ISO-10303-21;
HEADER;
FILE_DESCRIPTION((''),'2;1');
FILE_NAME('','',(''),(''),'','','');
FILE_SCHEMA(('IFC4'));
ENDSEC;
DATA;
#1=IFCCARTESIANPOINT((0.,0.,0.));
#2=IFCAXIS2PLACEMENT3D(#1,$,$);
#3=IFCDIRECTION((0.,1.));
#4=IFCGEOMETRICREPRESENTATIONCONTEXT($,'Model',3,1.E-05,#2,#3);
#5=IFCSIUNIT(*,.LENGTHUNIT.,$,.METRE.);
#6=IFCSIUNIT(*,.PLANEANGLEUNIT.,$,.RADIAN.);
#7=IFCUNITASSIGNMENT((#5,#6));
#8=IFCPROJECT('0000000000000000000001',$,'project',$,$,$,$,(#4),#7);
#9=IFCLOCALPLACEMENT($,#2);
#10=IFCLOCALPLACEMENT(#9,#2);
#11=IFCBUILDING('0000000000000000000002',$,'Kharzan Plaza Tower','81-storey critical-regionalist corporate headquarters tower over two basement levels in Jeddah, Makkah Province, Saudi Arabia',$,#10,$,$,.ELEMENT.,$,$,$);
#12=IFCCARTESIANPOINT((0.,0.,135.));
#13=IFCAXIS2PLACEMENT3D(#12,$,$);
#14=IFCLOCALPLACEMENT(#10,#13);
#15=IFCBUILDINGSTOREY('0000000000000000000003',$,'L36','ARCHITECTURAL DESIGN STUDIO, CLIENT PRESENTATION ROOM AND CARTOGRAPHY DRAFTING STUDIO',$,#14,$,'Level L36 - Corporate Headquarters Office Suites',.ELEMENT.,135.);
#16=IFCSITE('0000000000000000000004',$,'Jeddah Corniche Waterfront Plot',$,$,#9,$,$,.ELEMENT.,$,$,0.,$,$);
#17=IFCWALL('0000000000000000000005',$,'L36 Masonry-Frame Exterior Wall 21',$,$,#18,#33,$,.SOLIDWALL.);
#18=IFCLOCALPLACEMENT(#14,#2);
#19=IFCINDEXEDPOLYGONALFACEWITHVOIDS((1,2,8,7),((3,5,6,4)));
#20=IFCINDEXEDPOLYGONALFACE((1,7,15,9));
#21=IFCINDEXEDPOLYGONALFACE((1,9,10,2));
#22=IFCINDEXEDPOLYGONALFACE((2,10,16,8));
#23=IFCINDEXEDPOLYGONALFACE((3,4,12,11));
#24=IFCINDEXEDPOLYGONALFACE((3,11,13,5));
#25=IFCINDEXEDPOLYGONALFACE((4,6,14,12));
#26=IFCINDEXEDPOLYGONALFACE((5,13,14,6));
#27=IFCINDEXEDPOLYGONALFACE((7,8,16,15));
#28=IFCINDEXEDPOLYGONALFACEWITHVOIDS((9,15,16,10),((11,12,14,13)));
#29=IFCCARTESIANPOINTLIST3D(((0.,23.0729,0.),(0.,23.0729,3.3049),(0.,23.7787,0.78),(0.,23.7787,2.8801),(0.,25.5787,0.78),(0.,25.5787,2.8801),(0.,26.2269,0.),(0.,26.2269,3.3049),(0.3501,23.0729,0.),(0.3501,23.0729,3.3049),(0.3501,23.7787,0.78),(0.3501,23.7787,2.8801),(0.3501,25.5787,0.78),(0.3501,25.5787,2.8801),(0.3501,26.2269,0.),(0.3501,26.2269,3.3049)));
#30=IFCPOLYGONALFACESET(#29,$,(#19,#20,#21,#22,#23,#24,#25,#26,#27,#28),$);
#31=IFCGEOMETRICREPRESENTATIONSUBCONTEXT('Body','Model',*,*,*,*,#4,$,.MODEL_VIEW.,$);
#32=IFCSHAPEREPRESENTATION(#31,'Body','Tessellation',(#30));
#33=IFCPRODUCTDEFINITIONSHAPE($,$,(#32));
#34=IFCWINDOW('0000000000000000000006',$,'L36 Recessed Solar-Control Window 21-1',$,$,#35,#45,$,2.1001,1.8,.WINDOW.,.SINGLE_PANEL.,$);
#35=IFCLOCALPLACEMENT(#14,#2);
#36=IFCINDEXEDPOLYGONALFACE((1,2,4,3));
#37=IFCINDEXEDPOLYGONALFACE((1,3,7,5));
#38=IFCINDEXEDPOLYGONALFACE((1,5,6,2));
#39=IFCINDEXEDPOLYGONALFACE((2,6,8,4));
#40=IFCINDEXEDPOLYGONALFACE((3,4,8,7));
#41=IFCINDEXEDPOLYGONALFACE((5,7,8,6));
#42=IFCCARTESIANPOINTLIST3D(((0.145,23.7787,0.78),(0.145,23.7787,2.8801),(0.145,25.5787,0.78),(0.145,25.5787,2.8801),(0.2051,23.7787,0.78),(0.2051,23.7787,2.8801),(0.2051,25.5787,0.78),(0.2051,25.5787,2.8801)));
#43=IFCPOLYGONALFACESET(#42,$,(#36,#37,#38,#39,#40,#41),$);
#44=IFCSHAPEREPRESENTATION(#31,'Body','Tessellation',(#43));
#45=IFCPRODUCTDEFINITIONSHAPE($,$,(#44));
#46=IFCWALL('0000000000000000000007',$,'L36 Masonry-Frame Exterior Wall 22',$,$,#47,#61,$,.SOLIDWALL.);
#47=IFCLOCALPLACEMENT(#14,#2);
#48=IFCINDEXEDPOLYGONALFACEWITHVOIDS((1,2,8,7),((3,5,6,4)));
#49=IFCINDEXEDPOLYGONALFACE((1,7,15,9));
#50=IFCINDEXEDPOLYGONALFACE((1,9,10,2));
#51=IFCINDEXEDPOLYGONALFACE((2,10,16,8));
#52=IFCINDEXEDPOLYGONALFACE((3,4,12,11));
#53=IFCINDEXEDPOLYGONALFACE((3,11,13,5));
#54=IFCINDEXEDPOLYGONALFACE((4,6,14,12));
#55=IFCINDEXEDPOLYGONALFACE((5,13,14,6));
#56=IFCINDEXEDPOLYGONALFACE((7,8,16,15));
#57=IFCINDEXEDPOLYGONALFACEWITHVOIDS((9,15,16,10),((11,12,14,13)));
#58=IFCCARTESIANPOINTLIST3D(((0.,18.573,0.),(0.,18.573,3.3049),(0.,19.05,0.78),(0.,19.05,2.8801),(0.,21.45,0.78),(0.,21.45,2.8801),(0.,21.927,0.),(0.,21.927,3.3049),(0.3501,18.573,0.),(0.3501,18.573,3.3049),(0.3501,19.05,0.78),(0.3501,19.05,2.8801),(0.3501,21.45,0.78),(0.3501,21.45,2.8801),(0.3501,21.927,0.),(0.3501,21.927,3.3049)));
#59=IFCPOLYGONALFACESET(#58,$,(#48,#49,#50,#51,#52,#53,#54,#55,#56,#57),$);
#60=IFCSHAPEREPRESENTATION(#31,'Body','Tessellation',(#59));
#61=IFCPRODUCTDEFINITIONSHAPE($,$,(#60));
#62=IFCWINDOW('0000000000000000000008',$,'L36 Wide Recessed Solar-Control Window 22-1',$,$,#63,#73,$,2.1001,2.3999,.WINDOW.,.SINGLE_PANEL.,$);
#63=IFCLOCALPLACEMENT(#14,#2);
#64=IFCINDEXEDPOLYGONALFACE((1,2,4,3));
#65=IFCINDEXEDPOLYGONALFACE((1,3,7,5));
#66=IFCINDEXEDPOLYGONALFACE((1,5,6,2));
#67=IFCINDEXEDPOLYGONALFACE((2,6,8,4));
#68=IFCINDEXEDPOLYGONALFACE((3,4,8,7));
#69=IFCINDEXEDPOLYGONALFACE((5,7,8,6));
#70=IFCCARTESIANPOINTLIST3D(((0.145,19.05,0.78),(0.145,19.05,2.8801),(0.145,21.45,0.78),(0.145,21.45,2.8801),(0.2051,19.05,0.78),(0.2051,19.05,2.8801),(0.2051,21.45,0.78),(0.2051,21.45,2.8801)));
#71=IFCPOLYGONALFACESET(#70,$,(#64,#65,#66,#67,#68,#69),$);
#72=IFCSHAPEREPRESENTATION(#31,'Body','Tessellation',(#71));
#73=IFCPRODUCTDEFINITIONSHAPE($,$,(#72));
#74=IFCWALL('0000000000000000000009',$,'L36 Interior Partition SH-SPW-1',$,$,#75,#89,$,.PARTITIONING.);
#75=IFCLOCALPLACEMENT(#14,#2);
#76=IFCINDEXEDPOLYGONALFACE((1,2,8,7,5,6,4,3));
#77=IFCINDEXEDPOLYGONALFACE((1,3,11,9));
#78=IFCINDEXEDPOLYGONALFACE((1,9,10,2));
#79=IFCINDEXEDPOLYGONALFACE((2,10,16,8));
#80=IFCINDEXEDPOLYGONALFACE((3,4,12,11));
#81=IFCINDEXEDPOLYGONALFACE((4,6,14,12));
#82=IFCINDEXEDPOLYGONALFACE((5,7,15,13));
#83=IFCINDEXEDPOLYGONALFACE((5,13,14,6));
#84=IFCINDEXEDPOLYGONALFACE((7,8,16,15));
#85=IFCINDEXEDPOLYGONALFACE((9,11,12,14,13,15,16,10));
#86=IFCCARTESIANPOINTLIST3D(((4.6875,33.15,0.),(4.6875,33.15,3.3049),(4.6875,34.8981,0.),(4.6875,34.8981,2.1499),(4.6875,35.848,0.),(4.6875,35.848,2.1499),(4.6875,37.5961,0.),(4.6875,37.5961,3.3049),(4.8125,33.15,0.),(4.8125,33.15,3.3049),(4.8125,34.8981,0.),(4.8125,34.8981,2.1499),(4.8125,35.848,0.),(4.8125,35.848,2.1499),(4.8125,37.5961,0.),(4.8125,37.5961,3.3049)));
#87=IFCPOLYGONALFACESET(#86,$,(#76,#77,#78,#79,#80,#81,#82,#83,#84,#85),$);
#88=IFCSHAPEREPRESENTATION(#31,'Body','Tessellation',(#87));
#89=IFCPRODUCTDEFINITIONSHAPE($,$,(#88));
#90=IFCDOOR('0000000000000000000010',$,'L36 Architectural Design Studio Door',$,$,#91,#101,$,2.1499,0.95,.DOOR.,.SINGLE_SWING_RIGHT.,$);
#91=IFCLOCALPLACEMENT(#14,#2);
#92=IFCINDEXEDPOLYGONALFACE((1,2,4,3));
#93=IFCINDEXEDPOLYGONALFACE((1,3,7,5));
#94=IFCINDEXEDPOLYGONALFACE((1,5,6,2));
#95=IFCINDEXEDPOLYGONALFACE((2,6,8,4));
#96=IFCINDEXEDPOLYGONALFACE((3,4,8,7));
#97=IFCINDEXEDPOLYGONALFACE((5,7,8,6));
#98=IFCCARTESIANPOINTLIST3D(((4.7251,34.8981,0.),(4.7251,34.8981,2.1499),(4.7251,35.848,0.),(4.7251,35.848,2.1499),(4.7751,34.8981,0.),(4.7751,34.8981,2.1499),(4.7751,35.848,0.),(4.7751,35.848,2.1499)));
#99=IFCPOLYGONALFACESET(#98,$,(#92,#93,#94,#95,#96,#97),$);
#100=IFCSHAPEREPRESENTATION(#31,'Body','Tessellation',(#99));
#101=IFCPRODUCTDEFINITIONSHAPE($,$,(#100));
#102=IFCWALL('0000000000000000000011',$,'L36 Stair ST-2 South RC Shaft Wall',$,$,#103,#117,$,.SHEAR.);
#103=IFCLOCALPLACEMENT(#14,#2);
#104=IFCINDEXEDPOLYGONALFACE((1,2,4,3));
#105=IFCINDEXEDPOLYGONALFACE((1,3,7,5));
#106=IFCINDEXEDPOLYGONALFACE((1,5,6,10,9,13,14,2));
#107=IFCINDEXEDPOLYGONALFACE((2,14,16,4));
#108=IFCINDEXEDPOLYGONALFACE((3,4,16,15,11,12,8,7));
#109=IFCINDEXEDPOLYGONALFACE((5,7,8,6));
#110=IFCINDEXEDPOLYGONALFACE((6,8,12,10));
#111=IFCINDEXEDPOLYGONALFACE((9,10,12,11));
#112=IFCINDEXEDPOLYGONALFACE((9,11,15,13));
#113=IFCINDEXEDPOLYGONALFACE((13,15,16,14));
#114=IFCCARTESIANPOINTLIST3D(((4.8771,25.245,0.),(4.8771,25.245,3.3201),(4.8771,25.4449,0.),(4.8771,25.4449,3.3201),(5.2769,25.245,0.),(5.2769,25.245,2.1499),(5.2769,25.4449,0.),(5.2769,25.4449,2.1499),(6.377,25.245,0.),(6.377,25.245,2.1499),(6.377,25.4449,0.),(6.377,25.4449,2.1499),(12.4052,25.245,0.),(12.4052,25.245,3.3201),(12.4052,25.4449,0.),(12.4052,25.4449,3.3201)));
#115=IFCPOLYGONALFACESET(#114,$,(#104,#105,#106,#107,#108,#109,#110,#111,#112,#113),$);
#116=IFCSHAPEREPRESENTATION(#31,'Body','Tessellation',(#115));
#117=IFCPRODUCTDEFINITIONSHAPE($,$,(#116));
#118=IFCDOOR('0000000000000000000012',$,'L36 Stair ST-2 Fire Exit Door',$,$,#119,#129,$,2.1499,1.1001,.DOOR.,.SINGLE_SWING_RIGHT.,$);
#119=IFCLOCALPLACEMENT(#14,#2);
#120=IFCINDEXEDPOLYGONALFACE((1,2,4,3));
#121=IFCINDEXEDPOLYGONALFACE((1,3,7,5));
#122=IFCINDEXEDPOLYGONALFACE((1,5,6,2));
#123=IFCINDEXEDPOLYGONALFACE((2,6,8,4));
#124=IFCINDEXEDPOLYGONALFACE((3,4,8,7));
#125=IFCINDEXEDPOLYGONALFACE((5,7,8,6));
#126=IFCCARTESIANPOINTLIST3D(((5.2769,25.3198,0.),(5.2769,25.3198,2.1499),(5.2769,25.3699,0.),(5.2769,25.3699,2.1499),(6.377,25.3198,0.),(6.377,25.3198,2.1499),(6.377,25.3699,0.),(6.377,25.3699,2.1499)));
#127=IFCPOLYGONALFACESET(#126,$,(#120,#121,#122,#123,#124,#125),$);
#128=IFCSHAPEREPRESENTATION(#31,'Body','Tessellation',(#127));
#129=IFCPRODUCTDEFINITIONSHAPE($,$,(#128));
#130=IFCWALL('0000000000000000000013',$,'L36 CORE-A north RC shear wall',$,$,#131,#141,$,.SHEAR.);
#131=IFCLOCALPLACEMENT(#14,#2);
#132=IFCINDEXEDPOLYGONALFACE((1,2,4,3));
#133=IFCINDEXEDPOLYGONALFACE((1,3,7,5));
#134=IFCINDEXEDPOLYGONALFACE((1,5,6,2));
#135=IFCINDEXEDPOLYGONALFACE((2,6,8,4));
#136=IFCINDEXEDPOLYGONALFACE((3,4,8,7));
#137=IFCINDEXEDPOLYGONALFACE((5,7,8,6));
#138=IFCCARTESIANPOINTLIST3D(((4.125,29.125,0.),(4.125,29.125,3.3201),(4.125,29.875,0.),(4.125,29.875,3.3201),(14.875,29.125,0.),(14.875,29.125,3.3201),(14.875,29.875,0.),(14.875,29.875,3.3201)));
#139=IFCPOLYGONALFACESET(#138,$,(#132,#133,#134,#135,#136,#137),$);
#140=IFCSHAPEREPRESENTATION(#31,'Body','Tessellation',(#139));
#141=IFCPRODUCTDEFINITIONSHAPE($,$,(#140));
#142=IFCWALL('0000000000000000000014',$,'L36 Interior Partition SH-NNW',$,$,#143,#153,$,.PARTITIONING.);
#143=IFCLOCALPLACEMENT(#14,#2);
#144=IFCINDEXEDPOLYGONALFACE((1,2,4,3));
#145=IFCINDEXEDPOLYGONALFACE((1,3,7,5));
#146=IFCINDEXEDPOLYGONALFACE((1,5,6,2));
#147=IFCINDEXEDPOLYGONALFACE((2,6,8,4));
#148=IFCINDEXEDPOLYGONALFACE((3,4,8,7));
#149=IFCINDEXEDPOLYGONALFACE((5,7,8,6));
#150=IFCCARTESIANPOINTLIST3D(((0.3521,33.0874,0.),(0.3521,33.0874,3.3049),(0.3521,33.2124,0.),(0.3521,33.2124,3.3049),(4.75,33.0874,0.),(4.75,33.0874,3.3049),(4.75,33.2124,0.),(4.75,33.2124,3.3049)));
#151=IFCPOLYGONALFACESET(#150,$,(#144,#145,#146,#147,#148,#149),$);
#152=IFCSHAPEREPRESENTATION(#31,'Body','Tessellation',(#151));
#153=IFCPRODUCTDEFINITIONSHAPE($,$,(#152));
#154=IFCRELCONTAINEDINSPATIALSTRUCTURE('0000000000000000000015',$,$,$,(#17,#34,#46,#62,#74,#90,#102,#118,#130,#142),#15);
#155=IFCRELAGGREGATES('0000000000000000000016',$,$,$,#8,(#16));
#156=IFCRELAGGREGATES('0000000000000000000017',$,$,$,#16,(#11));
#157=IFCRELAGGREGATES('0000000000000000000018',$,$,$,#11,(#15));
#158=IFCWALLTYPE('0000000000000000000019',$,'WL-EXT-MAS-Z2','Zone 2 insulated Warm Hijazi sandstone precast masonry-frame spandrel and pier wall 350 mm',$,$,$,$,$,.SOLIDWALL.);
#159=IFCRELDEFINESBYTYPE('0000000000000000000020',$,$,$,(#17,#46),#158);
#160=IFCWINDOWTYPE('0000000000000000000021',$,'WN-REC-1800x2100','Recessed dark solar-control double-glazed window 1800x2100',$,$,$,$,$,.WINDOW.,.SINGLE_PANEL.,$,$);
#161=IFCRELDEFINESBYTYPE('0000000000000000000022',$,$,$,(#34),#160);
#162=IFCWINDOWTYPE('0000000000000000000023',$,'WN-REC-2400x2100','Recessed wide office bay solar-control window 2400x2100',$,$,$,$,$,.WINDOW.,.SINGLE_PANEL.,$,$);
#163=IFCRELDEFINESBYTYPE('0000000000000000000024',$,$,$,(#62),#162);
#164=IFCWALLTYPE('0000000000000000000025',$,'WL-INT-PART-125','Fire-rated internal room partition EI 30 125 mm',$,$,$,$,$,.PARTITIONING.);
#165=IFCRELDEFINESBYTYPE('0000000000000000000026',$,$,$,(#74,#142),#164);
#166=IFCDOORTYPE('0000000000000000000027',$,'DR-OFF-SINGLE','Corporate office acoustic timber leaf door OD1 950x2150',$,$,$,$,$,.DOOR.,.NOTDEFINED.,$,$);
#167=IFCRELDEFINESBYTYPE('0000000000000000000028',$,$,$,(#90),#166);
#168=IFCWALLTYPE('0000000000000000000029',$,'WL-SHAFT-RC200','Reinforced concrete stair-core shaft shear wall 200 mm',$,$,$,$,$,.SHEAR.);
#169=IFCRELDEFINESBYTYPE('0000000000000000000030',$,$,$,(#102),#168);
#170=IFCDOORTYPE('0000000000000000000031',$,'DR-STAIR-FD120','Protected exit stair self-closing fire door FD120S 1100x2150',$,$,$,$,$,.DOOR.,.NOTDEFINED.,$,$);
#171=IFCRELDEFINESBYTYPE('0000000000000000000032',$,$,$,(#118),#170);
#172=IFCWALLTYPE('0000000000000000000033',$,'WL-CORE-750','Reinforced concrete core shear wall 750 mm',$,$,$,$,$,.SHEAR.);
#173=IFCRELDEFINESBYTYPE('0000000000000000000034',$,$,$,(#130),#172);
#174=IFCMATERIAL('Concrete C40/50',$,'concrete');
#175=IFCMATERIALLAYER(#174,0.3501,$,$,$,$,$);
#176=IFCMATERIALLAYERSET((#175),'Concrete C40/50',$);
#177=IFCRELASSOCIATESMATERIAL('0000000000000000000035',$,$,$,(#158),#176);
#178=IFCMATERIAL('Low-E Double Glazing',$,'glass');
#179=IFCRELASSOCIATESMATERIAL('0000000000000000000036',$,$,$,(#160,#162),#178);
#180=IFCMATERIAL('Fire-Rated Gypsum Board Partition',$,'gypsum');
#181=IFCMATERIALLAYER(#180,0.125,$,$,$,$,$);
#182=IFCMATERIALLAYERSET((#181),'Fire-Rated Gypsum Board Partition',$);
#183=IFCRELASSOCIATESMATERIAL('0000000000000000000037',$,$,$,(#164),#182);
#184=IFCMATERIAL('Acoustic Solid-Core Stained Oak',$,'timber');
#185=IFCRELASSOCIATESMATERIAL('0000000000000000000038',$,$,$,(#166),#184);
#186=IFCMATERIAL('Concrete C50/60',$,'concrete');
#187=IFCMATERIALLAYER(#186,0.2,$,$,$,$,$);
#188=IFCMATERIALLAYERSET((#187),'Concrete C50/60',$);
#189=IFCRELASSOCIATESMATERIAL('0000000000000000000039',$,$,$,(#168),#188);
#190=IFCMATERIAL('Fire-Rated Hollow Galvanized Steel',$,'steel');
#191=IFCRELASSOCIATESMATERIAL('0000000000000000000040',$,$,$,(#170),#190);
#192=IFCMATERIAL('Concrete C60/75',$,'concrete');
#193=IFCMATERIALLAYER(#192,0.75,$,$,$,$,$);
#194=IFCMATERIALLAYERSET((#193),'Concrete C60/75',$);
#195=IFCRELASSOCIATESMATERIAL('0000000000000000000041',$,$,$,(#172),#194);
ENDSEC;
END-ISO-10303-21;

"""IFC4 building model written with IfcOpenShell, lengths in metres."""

from ifc_helpers import new_model, si_unit, direction, frame, frame_2d, origin, place, context, subcontext, project, spatial, rectangle, extrude, source, transform, mapped, material, layer, layer_set, type_object, element, fill, save


model = new_model("IFC4")

# Units and contexts
model_context = context("Model", 3, precision=1e-05, world=origin(), true_north=direction((0.0, 1.0)))
body_context = subcontext(model_context, "Body", "Model", "MODEL_VIEW")
ifc_project = project(units=[si_unit("LENGTHUNIT", "METRE"), si_unit("PLANEANGLEUNIT", "RADIAN")], contexts=[model_context])

# Site, building, storey
site_placement = place(None, origin())
site = spatial("IfcSite", under=ifc_project, at=site_placement, Name="Jeddah Corniche Waterfront Plot", CompositionType="ELEMENT", RefElevation=0.0)
building_placement = place(site_placement, origin())
building = spatial("IfcBuilding", under=site, at=building_placement, Name="Kharzan Plaza Tower", Description="81-storey critical-regionalist corporate headquarters tower over two basement levels in Jeddah, Makkah Province, Saudi Arabia", CompositionType="ELEMENT")
storey_placement = place(building_placement, frame((0.0, 0.0, 135.0)))
storey = spatial("IfcBuildingStorey", under=building, at=storey_placement, Name="L36", Description="ARCHITECTURAL DESIGN STUDIO, CLIENT PRESENTATION ROOM AND CARTOGRAPHY DRAFTING STUDIO", LongName="Level L36 - Corporate Headquarters Office Suites", CompositionType="ELEMENT", Elevation=135.0)

# Shared definitions
ifc_material_1 = material(Name="Concrete C60/75", Category="concrete")

# Walls, openings, windows
ifc_material_2 = material(Name="Concrete C40/50", Category="concrete")
ifc_layer_1 = layer(ifc_material_2, 0.3501)
ifc_layer_set_1 = layer_set([ifc_layer_1], Name="Concrete C40/50")
wall_type_1 = type_object("IfcWallType", Name="WL-EXT-MAS-Z2", Description="Zone 2 insulated Warm Hijazi sandstone precast masonry-frame spandrel and pier wall 350 mm", PredefinedType="SOLIDWALL", material=ifc_layer_set_1)
ifc_material_3 = material(Name="Low-E Double Glazing", Category="glass")
wall_1_placement = place(storey_placement, frame((0.175, 26.2271, 0.0), z_axis=(0.0, 0.0, 1.0), x_axis=(0.0, -1.0, 0.0)))
wall_1 = element("IfcWall", 1, at=wall_1_placement, inside=storey, type_object=wall_type_1, Name="L36 Masonry-Frame Exterior Wall 21", PredefinedType="SOLIDWALL", context=body_context, shape_type="SweptSolid", body=[
    extrude(rectangle(XDim=3.1541, YDim=0.3501, at=frame_2d((1.5771, 0.0))), origin(), (0.0, 0.0, 1.0), 3.3049),
])
opening_1_placement = place(wall_1_placement, frame((0.6484, 0.0, 0.78)))
opening_1 = element("IfcOpeningElement", 2, at=opening_1_placement, cuts=wall_1, PredefinedType="OPENING", context=body_context, shape_type="SweptSolid", body=[
    extrude(rectangle(XDim=1.8, YDim=2.1001, at=frame_2d((0.8999, 1.05))), frame((0.0, 0.1851, 0.0), z_axis=(0.0, -1.0, 0.0), x_axis=(1.0, 0.0, 0.0)), (0.0, 0.0, 1.0), 0.3701),
])
window_type_1 = type_object("IfcWindowType", Name="WN-REC-1800x2100", Description="Recessed dark solar-control double-glazed window 1800x2100", PartitioningType="SINGLE_PANEL", PredefinedType="WINDOW", material=ifc_material_3)
shared_shape_1 = source(origin(), body_context, "Body", "SweptSolid", [
    extrude(rectangle(XDim=1.8, YDim=2.1001, at=frame_2d((0.8999, 1.05))), frame((0.0, 0.03, 0.0), z_axis=(0.0, -1.0, 0.0), x_axis=(1.0, 0.0, 0.0)), (0.0, 0.0, 1.0), 0.0601),
])
window_1_placement = place(opening_1_placement, origin())
window_1 = element("IfcWindow", 3, at=window_1_placement, inside=storey, type_object=window_type_1, Name="L36 Recessed Solar-Control Window 21-1", OverallHeight=2.1001, OverallWidth=1.8, PartitioningType="SINGLE_PANEL", PredefinedType="WINDOW", context=body_context, shape_type="MappedRepresentation", body=[
    mapped(shared_shape_1, transform((0.0, 0.0, 0.0), x_axis=(1.0, 0.0, 0.0), y_axis=(0.0, 1.0, 0.0), z_axis=(0.0, 0.0, 1.0))),
])
fill(opening_1, window_1)
wall_2_placement = place(storey_placement, frame((0.175, 21.927, 0.0), z_axis=(0.0, 0.0, 1.0), x_axis=(0.0, -1.0, 0.0)))
wall_2 = element("IfcWall", 4, at=wall_2_placement, inside=storey, type_object=wall_type_1, Name="L36 Masonry-Frame Exterior Wall 22", PredefinedType="SOLIDWALL", context=body_context, shape_type="SweptSolid", body=[
    extrude(rectangle(XDim=3.354, YDim=0.3501, at=frame_2d((1.677, 0.0))), origin(), (0.0, 0.0, 1.0), 3.3049),
])
opening_2_placement = place(wall_2_placement, frame((0.4771, 0.0, 0.78)))
opening_2 = element("IfcOpeningElement", 5, at=opening_2_placement, cuts=wall_2, PredefinedType="OPENING", context=body_context, shape_type="SweptSolid", body=[
    extrude(rectangle(XDim=2.3999, YDim=2.1001, at=frame_2d((1.2, 1.05))), frame((0.0, 0.1851, 0.0), z_axis=(0.0, -1.0, 0.0), x_axis=(1.0, 0.0, 0.0)), (0.0, 0.0, 1.0), 0.3701),
])
window_type_2 = type_object("IfcWindowType", Name="WN-REC-2400x2100", Description="Recessed wide office bay solar-control window 2400x2100", PartitioningType="SINGLE_PANEL", PredefinedType="WINDOW", material=ifc_material_3)
shared_shape_2 = source(origin(), body_context, "Body", "SweptSolid", [
    extrude(rectangle(XDim=2.3999, YDim=2.1001, at=frame_2d((1.2, 1.05))), frame((0.0, 0.03, 0.0), z_axis=(0.0, -1.0, 0.0), x_axis=(1.0, 0.0, 0.0)), (0.0, 0.0, 1.0), 0.0601),
])
window_2_placement = place(opening_2_placement, origin())
window_2 = element("IfcWindow", 6, at=window_2_placement, inside=storey, type_object=window_type_2, Name="L36 Wide Recessed Solar-Control Window 22-1", OverallHeight=2.1001, OverallWidth=2.3999, PartitioningType="SINGLE_PANEL", PredefinedType="WINDOW", context=body_context, shape_type="MappedRepresentation", body=[
    mapped(shared_shape_2, transform((0.0, 0.0, 0.0), x_axis=(1.0, 0.0, 0.0), y_axis=(0.0, 1.0, 0.0), z_axis=(0.0, 0.0, 1.0))),
])
fill(opening_2, window_2)

# Walls, openings, doors
ifc_material_4 = material(Name="Fire-Rated Gypsum Board Partition", Category="gypsum")
ifc_layer_2 = layer(ifc_material_4, 0.125)
ifc_layer_set_2 = layer_set([ifc_layer_2], Name="Fire-Rated Gypsum Board Partition")
wall_type_2 = type_object("IfcWallType", Name="WL-INT-PART-125", Description="Fire-rated internal room partition EI 30 125 mm", PredefinedType="PARTITIONING", material=ifc_layer_set_2)
ifc_material_5 = material(Name="Acoustic Solid-Core Stained Oak", Category="timber")
door_type_1 = type_object("IfcDoorType", Name="DR-OFF-SINGLE", Description="Corporate office acoustic timber leaf door OD1 950x2150", OperationType="NOTDEFINED", PredefinedType="DOOR", material=ifc_material_5)
shared_shape_3 = source(origin(), body_context, "Body", "SweptSolid", [
    extrude(rectangle(XDim=0.95, YDim=2.1499, at=frame_2d((0.4751, 1.075))), frame((0.0, 0.0249, 0.0), z_axis=(0.0, -1.0, 0.0), x_axis=(1.0, 0.0, 0.0)), (0.0, 0.0, 1.0), 0.05),
])
wall_3_placement = place(storey_placement, frame((4.75, 33.1499, 0.0), z_axis=(0.0, 0.0, 1.0), x_axis=(0.0, 1.0, 0.0)))
wall_3 = element("IfcWall", 7, at=wall_3_placement, inside=storey, type_object=wall_type_2, Name="L36 Interior Partition SH-SPW-1", PredefinedType="PARTITIONING", context=body_context, shape_type="SweptSolid", body=[
    extrude(rectangle(XDim=4.446, YDim=0.125, at=frame_2d((2.2231, 0.0))), origin(), (0.0, 0.0, 1.0), 3.3049),
])
opening_3_placement = place(wall_3_placement, frame((1.748, 0.0, 0.0)))
opening_3 = element("IfcOpeningElement", 8, at=opening_3_placement, cuts=wall_3, PredefinedType="OPENING", context=body_context, shape_type="SweptSolid", body=[
    extrude(rectangle(XDim=0.95, YDim=2.1499, at=frame_2d((0.4751, 1.075))), frame((0.0, 0.0725, 0.0), z_axis=(0.0, -1.0, 0.0), x_axis=(1.0, 0.0, 0.0)), (0.0, 0.0, 1.0), 0.145),
])
door_1_placement = place(opening_3_placement, origin())
door_1 = element("IfcDoor", 9, at=door_1_placement, inside=storey, type_object=door_type_1, Name="L36 Architectural Design Studio Door", OperationType="SINGLE_SWING_RIGHT", OverallHeight=2.1499, OverallWidth=0.95, PredefinedType="DOOR", context=body_context, shape_type="MappedRepresentation", body=[
    mapped(shared_shape_3, transform((0.0, 0.0, 0.0), x_axis=(1.0, 0.0, 0.0), y_axis=(0.0, 1.0, 0.0), z_axis=(0.0, 0.0, 1.0))),
])
fill(opening_3, door_1)
ifc_material_6 = material(Name="Concrete C50/60", Category="concrete")
ifc_layer_3 = layer(ifc_material_6, 0.2)
ifc_layer_set_3 = layer_set([ifc_layer_3], Name="Concrete C50/60")
wall_type_3 = type_object("IfcWallType", Name="WL-SHAFT-RC200", Description="Reinforced concrete stair-core shaft shear wall 200 mm", PredefinedType="SHEAR", material=ifc_layer_set_3)
wall_4_placement = place(storey_placement, frame((4.877, 25.345, 0.0), z_axis=(0.0, 0.0, 1.0), x_axis=(1.0, 0.0, 0.0)))
wall_4 = element("IfcWall", 10, at=wall_4_placement, inside=storey, type_object=wall_type_3, Name="L36 Stair ST-2 South RC Shaft Wall", PredefinedType="SHEAR", context=body_context, shape_type="SweptSolid", body=[
    extrude(rectangle(XDim=7.5281, YDim=0.2, at=frame_2d((3.7642, 0.0))), origin(), (0.0, 0.0, 1.0), 3.3201),
])
opening_4_placement = place(wall_4_placement, frame((0.3999, 0.0, 0.0)))
opening_4 = element("IfcOpeningElement", 11, at=opening_4_placement, cuts=wall_4, PredefinedType="OPENING", context=body_context, shape_type="SweptSolid", body=[
    extrude(rectangle(XDim=1.1001, YDim=2.1499, at=frame_2d((0.55, 1.075))), frame((0.0, 0.1099, 0.0), z_axis=(0.0, -1.0, 0.0), x_axis=(1.0, 0.0, 0.0)), (0.0, 0.0, 1.0), 0.22),
])
ifc_material_7 = material(Name="Fire-Rated Hollow Galvanized Steel", Category="steel")
door_type_2 = type_object("IfcDoorType", Name="DR-STAIR-FD120", Description="Protected exit stair self-closing fire door FD120S 1100x2150", OperationType="NOTDEFINED", PredefinedType="DOOR", material=ifc_material_7)
shared_shape_4 = source(origin(), body_context, "Body", "SweptSolid", [
    extrude(rectangle(XDim=1.1001, YDim=2.1499, at=frame_2d((0.55, 1.075))), frame((0.0, 0.0249, 0.0), z_axis=(0.0, -1.0, 0.0), x_axis=(1.0, 0.0, 0.0)), (0.0, 0.0, 1.0), 0.05),
])
door_2_placement = place(opening_4_placement, origin())
door_2 = element("IfcDoor", 12, at=door_2_placement, inside=storey, type_object=door_type_2, Name="L36 Stair ST-2 Fire Exit Door", OperationType="SINGLE_SWING_RIGHT", OverallHeight=2.1499, OverallWidth=1.1001, PredefinedType="DOOR", context=body_context, shape_type="MappedRepresentation", body=[
    mapped(shared_shape_4, transform((0.0, 0.0, 0.0), x_axis=(1.0, 0.0, 0.0), y_axis=(0.0, 1.0, 0.0), z_axis=(0.0, 0.0, 1.0))),
])
fill(opening_4, door_2)

# Walls
ifc_layer_4 = layer(ifc_material_1, 0.75)
ifc_layer_set_4 = layer_set([ifc_layer_4], Name="Concrete C60/75")
wall_type_4 = type_object("IfcWallType", Name="WL-CORE-750", Description="Reinforced concrete core shear wall 750 mm", PredefinedType="SHEAR", material=ifc_layer_set_4)
shared_shape_5 = source(origin(), body_context, "Body", "SweptSolid", [
    extrude(rectangle(XDim=10.75, YDim=0.75, at=frame_2d((5.375, 0.0))), origin(), (0.0, 0.0, 1.0), 3.3201),
])
wall_5_placement = place(storey_placement, frame((4.125, 29.5, 0.0), z_axis=(0.0, 0.0, 1.0), x_axis=(1.0, 0.0, 0.0)))
element("IfcWall", 13, at=wall_5_placement, inside=storey, type_object=wall_type_4, Name="L36 CORE-A north RC shear wall", PredefinedType="SHEAR", context=body_context, shape_type="MappedRepresentation", body=[
    mapped(shared_shape_5, transform((0.0, 0.0, 0.0), x_axis=(1.0, 0.0, 0.0), y_axis=(0.0, 1.0, 0.0), z_axis=(0.0, 0.0, 1.0))),
])
shared_shape_6 = source(origin(), body_context, "Body", "SweptSolid", [
    extrude(rectangle(XDim=4.3979, YDim=0.125, at=frame_2d((2.199, 0.0))), origin(), (0.0, 0.0, 1.0), 3.3049),
])
wall_6_placement = place(storey_placement, frame((0.3521, 33.1499, 0.0), z_axis=(0.0, 0.0, 1.0), x_axis=(1.0, 0.0, 0.0)))
element("IfcWall", 14, at=wall_6_placement, inside=storey, type_object=wall_type_2, Name="L36 Interior Partition SH-NNW", PredefinedType="PARTITIONING", context=body_context, shape_type="MappedRepresentation", body=[
    mapped(shared_shape_6, transform((0.0, 0.0, 0.0), x_axis=(1.0, 0.0, 0.0), y_axis=(0.0, 1.0, 0.0), z_axis=(0.0, 0.0, 1.0))),
])

save(model, "model.ifc")
